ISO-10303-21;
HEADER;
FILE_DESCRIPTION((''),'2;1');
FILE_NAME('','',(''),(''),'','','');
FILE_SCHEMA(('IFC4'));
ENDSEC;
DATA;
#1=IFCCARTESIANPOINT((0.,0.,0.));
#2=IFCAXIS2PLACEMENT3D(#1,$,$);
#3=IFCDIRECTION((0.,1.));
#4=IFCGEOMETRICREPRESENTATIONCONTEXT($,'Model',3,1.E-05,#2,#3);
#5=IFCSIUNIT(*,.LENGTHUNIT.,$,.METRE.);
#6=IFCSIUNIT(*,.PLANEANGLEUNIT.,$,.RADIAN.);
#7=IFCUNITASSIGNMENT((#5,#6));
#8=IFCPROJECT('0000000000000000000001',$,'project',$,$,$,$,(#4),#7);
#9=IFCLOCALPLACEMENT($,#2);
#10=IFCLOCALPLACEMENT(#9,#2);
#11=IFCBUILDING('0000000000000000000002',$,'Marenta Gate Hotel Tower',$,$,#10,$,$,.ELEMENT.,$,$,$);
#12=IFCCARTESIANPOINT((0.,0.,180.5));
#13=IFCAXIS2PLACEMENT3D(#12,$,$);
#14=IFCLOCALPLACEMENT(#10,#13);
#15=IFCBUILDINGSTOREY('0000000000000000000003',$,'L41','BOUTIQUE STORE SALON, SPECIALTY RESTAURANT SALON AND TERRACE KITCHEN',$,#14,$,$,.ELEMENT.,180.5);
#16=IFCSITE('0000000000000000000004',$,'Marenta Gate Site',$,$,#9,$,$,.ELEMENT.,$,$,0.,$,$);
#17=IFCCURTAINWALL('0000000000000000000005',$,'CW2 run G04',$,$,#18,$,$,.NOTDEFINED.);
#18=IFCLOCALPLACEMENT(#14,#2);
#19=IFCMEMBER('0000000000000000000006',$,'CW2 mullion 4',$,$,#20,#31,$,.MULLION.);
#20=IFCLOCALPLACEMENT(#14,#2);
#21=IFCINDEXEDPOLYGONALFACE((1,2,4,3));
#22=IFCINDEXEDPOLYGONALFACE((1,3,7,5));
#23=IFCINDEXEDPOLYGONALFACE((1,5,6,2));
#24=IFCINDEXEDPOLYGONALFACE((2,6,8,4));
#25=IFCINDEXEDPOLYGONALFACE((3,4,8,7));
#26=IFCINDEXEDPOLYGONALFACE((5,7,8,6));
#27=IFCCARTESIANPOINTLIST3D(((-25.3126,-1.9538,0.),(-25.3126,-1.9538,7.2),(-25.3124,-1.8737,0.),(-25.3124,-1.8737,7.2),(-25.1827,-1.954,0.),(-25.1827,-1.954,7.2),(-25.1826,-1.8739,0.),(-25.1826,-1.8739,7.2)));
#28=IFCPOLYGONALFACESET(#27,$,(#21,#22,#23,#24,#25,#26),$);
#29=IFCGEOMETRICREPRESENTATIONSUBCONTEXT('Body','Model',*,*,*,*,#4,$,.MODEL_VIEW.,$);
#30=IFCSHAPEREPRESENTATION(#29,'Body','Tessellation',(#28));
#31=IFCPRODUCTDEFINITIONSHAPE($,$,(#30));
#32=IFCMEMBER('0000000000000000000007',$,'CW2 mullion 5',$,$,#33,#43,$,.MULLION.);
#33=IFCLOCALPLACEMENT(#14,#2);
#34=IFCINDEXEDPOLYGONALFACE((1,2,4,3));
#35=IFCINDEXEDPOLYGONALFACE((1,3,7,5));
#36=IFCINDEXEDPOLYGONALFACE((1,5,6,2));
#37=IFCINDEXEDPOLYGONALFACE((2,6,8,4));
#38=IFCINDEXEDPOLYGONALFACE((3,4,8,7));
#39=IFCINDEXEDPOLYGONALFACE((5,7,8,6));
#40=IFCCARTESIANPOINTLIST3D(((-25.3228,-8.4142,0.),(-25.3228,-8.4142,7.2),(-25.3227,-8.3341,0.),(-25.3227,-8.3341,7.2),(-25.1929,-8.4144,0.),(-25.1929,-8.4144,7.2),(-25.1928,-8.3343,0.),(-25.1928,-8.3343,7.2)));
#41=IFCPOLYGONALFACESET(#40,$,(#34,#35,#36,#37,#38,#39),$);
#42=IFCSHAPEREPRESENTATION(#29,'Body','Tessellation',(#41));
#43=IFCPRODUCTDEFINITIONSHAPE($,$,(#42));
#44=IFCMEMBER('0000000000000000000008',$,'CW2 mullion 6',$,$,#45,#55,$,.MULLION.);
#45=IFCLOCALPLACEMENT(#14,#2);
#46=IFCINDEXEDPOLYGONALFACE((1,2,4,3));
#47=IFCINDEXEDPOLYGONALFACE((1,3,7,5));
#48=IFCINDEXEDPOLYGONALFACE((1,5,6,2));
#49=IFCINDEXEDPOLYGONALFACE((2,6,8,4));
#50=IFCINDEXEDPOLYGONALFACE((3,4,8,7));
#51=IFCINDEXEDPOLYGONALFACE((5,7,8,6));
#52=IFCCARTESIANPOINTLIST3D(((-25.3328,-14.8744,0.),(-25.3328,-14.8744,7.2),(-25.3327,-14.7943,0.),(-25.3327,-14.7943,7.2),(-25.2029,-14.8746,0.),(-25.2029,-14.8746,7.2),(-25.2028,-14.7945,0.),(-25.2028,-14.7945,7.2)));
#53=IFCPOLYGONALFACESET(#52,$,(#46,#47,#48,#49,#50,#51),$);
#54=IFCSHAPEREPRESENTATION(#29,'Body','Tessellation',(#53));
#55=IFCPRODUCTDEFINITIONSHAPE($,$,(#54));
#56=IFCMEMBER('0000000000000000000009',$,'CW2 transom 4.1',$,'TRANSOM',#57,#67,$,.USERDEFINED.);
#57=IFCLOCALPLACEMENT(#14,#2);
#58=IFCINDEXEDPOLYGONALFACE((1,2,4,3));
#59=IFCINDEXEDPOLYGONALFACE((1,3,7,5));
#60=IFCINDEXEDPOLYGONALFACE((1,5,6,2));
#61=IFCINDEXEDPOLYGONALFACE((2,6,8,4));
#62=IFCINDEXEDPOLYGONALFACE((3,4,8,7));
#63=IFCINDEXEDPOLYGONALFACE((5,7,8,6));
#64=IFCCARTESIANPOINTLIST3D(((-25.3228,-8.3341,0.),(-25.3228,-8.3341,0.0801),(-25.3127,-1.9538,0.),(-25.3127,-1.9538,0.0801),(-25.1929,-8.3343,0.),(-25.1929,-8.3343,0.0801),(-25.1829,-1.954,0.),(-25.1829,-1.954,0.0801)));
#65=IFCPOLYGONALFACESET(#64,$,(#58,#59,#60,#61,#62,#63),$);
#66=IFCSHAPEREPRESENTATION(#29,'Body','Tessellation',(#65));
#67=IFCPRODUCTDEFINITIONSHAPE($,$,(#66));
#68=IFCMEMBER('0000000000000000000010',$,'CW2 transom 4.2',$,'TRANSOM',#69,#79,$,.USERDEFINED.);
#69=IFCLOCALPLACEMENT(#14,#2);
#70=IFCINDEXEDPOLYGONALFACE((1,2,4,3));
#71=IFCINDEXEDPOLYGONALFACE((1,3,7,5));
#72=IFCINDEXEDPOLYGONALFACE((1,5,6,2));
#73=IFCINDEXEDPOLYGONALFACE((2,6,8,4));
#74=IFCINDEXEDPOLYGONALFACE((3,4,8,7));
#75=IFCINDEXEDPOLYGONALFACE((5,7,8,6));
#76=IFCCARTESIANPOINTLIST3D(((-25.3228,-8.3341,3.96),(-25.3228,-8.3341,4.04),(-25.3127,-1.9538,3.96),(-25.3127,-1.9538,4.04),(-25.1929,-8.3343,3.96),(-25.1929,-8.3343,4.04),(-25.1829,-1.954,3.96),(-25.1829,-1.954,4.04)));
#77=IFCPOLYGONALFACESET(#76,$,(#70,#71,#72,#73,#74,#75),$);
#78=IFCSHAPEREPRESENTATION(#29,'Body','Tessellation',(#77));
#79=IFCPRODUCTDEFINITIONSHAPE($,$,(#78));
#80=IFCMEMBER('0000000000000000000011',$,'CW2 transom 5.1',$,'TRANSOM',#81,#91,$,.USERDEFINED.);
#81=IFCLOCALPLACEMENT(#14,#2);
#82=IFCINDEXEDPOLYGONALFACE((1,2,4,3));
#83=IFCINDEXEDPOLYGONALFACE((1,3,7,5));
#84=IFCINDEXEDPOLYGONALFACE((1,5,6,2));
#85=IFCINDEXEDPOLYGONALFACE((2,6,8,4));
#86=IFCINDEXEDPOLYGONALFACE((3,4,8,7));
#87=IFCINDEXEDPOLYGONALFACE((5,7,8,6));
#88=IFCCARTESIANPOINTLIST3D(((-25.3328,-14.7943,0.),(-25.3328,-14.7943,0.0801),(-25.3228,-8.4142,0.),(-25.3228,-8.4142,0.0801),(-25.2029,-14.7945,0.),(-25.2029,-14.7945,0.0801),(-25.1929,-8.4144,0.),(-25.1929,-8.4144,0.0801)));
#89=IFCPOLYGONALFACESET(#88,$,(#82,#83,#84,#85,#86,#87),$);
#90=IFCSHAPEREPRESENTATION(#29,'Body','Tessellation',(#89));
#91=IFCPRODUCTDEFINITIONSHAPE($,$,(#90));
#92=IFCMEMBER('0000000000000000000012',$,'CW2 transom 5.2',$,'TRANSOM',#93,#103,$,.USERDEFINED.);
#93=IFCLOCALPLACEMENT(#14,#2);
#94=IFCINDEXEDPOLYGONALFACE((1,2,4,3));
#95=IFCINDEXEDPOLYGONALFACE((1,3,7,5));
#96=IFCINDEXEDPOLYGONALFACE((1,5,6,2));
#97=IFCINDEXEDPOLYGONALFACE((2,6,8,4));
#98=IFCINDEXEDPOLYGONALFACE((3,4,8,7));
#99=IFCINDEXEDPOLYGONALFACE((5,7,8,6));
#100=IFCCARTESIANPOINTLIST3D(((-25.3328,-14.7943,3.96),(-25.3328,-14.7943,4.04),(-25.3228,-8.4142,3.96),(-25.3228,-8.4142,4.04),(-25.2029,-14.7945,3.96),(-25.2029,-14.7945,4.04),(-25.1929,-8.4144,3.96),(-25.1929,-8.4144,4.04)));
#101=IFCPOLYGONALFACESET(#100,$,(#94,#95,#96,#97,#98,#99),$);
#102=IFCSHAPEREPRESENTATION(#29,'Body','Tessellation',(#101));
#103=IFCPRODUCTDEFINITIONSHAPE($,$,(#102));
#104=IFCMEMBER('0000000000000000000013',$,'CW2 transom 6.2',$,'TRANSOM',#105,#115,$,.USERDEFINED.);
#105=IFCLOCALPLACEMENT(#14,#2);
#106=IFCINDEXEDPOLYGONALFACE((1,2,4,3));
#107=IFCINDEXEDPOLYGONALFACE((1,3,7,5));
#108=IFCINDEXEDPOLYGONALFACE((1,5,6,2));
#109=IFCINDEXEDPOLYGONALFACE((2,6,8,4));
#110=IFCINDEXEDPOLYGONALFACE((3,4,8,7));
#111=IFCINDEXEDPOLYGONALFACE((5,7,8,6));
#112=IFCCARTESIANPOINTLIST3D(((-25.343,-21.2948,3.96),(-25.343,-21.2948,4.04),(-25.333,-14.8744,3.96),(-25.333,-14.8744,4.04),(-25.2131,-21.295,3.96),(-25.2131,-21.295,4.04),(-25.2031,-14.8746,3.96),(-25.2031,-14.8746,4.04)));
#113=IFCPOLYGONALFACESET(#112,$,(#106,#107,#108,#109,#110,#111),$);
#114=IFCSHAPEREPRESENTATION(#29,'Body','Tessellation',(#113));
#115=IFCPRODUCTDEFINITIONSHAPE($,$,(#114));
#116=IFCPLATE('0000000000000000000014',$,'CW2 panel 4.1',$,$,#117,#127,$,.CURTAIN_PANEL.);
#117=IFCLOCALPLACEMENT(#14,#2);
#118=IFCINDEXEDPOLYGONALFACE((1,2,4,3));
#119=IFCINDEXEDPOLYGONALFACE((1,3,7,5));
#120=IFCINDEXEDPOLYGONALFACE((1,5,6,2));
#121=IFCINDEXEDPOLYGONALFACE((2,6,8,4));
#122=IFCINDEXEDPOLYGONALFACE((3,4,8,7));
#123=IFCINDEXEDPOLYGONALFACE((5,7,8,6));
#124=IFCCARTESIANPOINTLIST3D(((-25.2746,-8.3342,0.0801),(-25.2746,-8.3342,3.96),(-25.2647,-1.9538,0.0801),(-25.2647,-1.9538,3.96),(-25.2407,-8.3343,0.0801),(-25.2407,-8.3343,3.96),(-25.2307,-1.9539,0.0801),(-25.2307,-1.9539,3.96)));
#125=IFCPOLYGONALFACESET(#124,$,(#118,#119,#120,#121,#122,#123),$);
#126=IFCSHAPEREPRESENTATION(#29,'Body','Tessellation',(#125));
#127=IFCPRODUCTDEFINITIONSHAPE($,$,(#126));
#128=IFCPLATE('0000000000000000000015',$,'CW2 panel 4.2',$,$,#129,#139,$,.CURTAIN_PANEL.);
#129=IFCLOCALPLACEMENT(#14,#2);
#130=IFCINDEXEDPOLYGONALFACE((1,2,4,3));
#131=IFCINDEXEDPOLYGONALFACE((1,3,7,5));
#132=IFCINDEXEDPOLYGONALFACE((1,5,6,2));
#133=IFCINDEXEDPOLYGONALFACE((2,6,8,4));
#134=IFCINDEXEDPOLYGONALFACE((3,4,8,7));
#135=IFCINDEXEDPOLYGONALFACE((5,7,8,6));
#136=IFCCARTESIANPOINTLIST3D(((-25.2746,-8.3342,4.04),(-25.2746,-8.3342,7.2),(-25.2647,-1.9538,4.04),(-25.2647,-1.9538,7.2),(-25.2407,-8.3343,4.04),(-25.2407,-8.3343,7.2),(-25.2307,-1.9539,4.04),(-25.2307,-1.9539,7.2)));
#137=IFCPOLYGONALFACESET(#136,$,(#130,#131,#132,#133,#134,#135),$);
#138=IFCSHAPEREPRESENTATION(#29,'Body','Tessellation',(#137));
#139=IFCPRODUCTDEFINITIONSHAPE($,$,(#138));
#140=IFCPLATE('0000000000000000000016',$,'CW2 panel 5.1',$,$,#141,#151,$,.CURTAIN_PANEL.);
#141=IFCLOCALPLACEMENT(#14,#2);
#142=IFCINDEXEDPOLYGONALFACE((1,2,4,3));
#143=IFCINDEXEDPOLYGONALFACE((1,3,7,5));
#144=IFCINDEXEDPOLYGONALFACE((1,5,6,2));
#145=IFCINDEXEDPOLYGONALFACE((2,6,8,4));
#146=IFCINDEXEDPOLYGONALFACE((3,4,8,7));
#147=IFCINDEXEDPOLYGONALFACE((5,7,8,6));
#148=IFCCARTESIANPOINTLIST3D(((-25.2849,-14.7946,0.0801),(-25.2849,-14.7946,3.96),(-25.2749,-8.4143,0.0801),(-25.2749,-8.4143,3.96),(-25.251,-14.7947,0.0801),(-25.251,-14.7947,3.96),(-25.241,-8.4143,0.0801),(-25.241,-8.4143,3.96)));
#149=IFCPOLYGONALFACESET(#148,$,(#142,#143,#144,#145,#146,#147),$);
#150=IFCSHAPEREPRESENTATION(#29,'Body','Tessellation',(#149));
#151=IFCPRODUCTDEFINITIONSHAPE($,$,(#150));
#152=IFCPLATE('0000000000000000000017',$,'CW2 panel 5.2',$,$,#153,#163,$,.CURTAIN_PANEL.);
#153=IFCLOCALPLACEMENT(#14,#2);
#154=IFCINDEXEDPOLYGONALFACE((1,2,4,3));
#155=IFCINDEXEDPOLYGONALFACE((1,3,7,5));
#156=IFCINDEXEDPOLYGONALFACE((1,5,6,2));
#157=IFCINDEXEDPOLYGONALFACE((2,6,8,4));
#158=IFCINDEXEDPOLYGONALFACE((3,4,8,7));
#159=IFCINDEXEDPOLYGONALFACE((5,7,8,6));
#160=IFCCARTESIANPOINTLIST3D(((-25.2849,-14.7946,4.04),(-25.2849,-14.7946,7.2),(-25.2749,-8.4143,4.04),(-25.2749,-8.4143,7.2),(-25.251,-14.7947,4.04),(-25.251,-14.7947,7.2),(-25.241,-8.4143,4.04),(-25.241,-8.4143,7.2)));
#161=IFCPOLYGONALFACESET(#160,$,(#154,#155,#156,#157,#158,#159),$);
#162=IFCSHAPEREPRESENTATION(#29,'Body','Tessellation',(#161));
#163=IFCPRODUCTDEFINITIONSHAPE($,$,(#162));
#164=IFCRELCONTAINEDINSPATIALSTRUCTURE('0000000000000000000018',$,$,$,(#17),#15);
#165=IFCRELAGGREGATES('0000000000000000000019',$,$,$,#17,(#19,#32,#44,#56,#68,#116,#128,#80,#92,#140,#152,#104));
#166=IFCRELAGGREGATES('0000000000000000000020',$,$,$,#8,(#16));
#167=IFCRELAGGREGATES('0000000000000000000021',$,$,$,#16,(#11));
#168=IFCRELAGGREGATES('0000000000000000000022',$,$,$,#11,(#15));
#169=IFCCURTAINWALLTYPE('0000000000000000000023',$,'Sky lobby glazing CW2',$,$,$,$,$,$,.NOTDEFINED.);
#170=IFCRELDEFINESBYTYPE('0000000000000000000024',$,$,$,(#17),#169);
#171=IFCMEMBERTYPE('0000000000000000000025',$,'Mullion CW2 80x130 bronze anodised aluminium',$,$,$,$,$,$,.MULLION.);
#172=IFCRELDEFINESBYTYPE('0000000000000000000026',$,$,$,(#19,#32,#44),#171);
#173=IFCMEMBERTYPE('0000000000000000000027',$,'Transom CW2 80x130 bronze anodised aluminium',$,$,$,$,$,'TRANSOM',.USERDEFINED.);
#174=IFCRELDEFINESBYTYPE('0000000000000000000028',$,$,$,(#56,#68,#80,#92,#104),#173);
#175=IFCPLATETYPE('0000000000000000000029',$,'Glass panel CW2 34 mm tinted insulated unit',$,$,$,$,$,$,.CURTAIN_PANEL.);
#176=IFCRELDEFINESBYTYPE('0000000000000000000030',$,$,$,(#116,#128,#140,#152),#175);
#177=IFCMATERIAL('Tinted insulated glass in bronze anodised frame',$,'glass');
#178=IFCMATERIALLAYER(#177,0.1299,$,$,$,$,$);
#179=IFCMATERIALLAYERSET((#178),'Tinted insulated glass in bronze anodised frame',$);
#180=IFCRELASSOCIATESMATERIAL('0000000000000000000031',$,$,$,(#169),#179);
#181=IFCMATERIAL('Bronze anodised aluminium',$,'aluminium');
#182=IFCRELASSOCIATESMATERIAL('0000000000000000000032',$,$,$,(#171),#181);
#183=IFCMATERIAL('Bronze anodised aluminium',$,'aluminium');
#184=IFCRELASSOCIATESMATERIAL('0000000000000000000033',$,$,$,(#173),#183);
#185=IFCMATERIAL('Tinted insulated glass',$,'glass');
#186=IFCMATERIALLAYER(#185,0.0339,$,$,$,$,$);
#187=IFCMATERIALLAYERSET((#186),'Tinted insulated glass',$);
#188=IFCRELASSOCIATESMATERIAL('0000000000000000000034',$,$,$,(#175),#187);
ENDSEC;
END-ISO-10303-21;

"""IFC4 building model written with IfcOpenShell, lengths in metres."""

from ifc_helpers import new_model, si_unit, direction, frame, origin, origin_2d, place, context, subcontext, project, spatial, rectangle, extrude, material, layer, layer_set, material_profile, profile_set, type_object, element, aggregate, save


model = new_model("IFC4")

# Units and contexts
model_context = context("Model", 3, precision=1e-05, world=origin(), true_north=direction((0.0, 1.0)))
body_context = subcontext(model_context, "Body", "Model", "MODEL_VIEW")
ifc_project = project(units=[si_unit("LENGTHUNIT", "METRE"), si_unit("PLANEANGLEUNIT", "RADIAN")], contexts=[model_context])

# Site, building, storey
site_placement = place(None, origin())
site = spatial("IfcSite", under=ifc_project, at=site_placement, Name="Marenta Gate Site", CompositionType="ELEMENT", RefElevation=0.0)
building_placement = place(site_placement, origin())
building = spatial("IfcBuilding", under=site, at=building_placement, Name="Marenta Gate Hotel Tower", CompositionType="ELEMENT")
storey_placement = place(building_placement, frame((0.0, 0.0, 180.5)))
storey = spatial("IfcBuildingStorey", under=building, at=storey_placement, Name="L41", Description="BOUTIQUE STORE SALON, SPECIALTY RESTAURANT SALON AND TERRACE KITCHEN", CompositionType="ELEMENT", Elevation=180.5)

# Curtain wall, members, plates
ifc_material_1 = material(Name="Tinted insulated glass in bronze anodised frame", Category="glass")
ifc_layer_1 = layer(ifc_material_1, 0.1299)
ifc_layer_set_1 = layer_set([ifc_layer_1], Name="Tinted insulated glass in bronze anodised frame")
curtain_wall_type = type_object("IfcCurtainWallType", Name="Sky lobby glazing CW2", PredefinedType="NOTDEFINED", material=ifc_layer_set_1)
curtain_wall_placement = place(storey_placement, origin())
curtain_wall = element("IfcCurtainWall", 1, at=curtain_wall_placement, inside=storey, type_object=curtain_wall_type, Name="CW2 run G04", PredefinedType="NOTDEFINED")
ifc_material_2 = material(Name="Bronze anodised aluminium", Category="aluminium")
ifc_material_profile_1 = material_profile(ifc_material_2, rectangle(XDim=0.1299, YDim=0.0801, at=origin_2d()), Name="Mullion CW2 80x130 bronze anodised aluminium")
ifc_profile_set_1 = profile_set([ifc_material_profile_1], Name="Bronze anodised aluminium")
member_type_1 = type_object("IfcMemberType", Name="Mullion CW2 80x130 bronze anodised aluminium", PredefinedType="MULLION", material=ifc_profile_set_1)
member_1_placement = place(storey_placement, frame((-25.2476, -1.9138, 0.0), z_axis=(0.0, 0.0, 1.0), x_axis=(0.999999, -0.001566, 0.0)))
member_1 = element("IfcMember", 2, at=member_1_placement, type_object=member_type_1, Name="CW2 mullion 4", PredefinedType="MULLION", context=body_context, shape_type="SweptSolid", body=[
    extrude(rectangle(XDim=0.1299, YDim=0.0801, at=origin_2d()), origin(), (0.0, 0.0, 1.0), 7.2),
])
member_2_placement = place(storey_placement, frame((-25.2578, -8.3743, 0.0), z_axis=(0.0, 0.0, 1.0), x_axis=(0.999999, -0.001566, 0.0)))
member_2 = element("IfcMember", 3, at=member_2_placement, type_object=member_type_1, Name="CW2 mullion 5", PredefinedType="MULLION", context=body_context, shape_type="SweptSolid", body=[
    extrude(rectangle(XDim=0.1299, YDim=0.0801, at=origin_2d()), origin(), (0.0, 0.0, 1.0), 7.2),
])
member_3_placement = place(storey_placement, frame((-25.2678, -14.8345, 0.0), z_axis=(0.0, 0.0, 1.0), x_axis=(0.999999, -0.001566, 0.0)))
member_3 = element("IfcMember", 4, at=member_3_placement, type_object=member_type_1, Name="CW2 mullion 6", PredefinedType="MULLION", context=body_context, shape_type="SweptSolid", body=[
    extrude(rectangle(XDim=0.1299, YDim=0.0801, at=origin_2d()), origin(), (0.0, 0.0, 1.0), 7.2),
])
ifc_material_3 = material(Name="Bronze anodised aluminium", Category="aluminium")
ifc_material_profile_2 = material_profile(ifc_material_3, rectangle(XDim=0.1299, YDim=0.0801, at=origin_2d()), Name="Transom CW2 80x130 bronze anodised aluminium")
ifc_profile_set_2 = profile_set([ifc_material_profile_2], Name="Bronze anodised aluminium")
member_type_2 = type_object("IfcMemberType", Name="Transom CW2 80x130 bronze anodised aluminium", ElementType="TRANSOM", PredefinedType="USERDEFINED", material=ifc_profile_set_2)
member_4_placement = place(storey_placement, frame((-25.2478, -1.9539, 0.04), z_axis=(-0.001569, -0.999999, 0.0), x_axis=(0.999999, -0.001569, 0.0)))
member_4 = element("IfcMember", 5, at=member_4_placement, type_object=member_type_2, Name="CW2 transom 4.1", ObjectType="TRANSOM", PredefinedType="USERDEFINED", context=body_context, shape_type="SweptSolid", body=[
    extrude(rectangle(XDim=0.1299, YDim=0.0801, at=origin_2d()), origin(), (0.0, 0.0, 1.0), 6.3804),
])
member_5_placement = place(storey_placement, frame((-25.2478, -1.9539, 4.0), z_axis=(-0.001569, -0.999999, 0.0), x_axis=(0.999999, -0.001569, 0.0)))
member_5 = element("IfcMember", 6, at=member_5_placement, type_object=member_type_2, Name="CW2 transom 4.2", ObjectType="TRANSOM", PredefinedType="USERDEFINED", context=body_context, shape_type="SweptSolid", body=[
    extrude(rectangle(XDim=0.1299, YDim=0.0801, at=origin_2d()), origin(), (0.0, 0.0, 1.0), 6.3804),
])
member_6_placement = place(storey_placement, frame((-25.2578, -8.4143, 0.04), z_axis=(-0.001569, -0.999999, 0.0), x_axis=(0.999999, -0.001569, 0.0)))
member_6 = element("IfcMember", 7, at=member_6_placement, type_object=member_type_2, Name="CW2 transom 5.1", ObjectType="TRANSOM", PredefinedType="USERDEFINED", context=body_context, shape_type="SweptSolid", body=[
    extrude(rectangle(XDim=0.1299, YDim=0.0801, at=origin_2d()), origin(), (0.0, 0.0, 1.0), 6.3801),
])
member_7_placement = place(storey_placement, frame((-25.2578, -8.4143, 4.0), z_axis=(-0.001569, -0.999999, 0.0), x_axis=(0.999999, -0.001569, 0.0)))
member_7 = element("IfcMember", 8, at=member_7_placement, type_object=member_type_2, Name="CW2 transom 5.2", ObjectType="TRANSOM", PredefinedType="USERDEFINED", context=body_context, shape_type="SweptSolid", body=[
    extrude(rectangle(XDim=0.1299, YDim=0.0801, at=origin_2d()), origin(), (0.0, 0.0, 1.0), 6.3801),
])
member_8_placement = place(storey_placement, frame((-25.2681, -14.8745, 4.0), z_axis=(-0.001559, -0.999999, 0.0), x_axis=(0.999999, -0.001559, 0.0)))
member_8 = element("IfcMember", 9, at=member_8_placement, type_object=member_type_2, Name="CW2 transom 6.2", ObjectType="TRANSOM", PredefinedType="USERDEFINED", context=body_context, shape_type="SweptSolid", body=[
    extrude(rectangle(XDim=0.1299, YDim=0.0801, at=origin_2d()), origin(), (0.0, 0.0, 1.0), 6.4204),
])
ifc_material_4 = material(Name="Tinted insulated glass", Category="glass")
ifc_layer_2 = layer(ifc_material_4, 0.0339)
ifc_layer_set_2 = layer_set([ifc_layer_2], Name="Tinted insulated glass")
plate_type = type_object("IfcPlateType", Name="Glass panel CW2 34 mm tinted insulated unit", PredefinedType="CURTAIN_PANEL", material=ifc_layer_set_2)
plate_1_placement = place(storey_placement, frame((-25.2527, -5.144, 0.0801), z_axis=(0.0, 0.0, 1.0), x_axis=(-0.001566, -0.999999, 0.0)))
plate_1 = element("IfcPlate", 10, at=plate_1_placement, type_object=plate_type, Name="CW2 panel 4.1", PredefinedType="CURTAIN_PANEL", context=body_context, shape_type="SweptSolid", body=[
    extrude(rectangle(XDim=6.3804, YDim=0.0339, at=origin_2d()), origin(), (0.0, 0.0, 1.0), 3.8799),
])
plate_2_placement = place(storey_placement, frame((-25.2527, -5.144, 4.04), z_axis=(0.0, 0.0, 1.0), x_axis=(-0.001566, -0.999999, 0.0)))
plate_2 = element("IfcPlate", 11, at=plate_2_placement, type_object=plate_type, Name="CW2 panel 4.2", PredefinedType="CURTAIN_PANEL", context=body_context, shape_type="SweptSolid", body=[
    extrude(rectangle(XDim=6.3804, YDim=0.0339, at=origin_2d()), origin(), (0.0, 0.0, 1.0), 3.1599),
])
plate_3_placement = place(storey_placement, frame((-25.2629, -11.6045, 0.0801), z_axis=(0.0, 0.0, 1.0), x_axis=(-0.001566, -0.999999, 0.0)))
plate_3 = element("IfcPlate", 12, at=plate_3_placement, type_object=plate_type, Name="CW2 panel 5.1", PredefinedType="CURTAIN_PANEL", context=body_context, shape_type="SweptSolid", body=[
    extrude(rectangle(XDim=6.3804, YDim=0.0339, at=origin_2d()), origin(), (0.0, 0.0, 1.0), 3.8799),
])
plate_4_placement = place(storey_placement, frame((-25.2629, -11.6045, 4.04), z_axis=(0.0, 0.0, 1.0), x_axis=(-0.001566, -0.999999, 0.0)))
plate_4 = element("IfcPlate", 13, at=plate_4_placement, type_object=plate_type, Name="CW2 panel 5.2", PredefinedType="CURTAIN_PANEL", context=body_context, shape_type="SweptSolid", body=[
    extrude(rectangle(XDim=6.3804, YDim=0.0339, at=origin_2d()), origin(), (0.0, 0.0, 1.0), 3.1599),
])
aggregate(curtain_wall, [member_1, member_2, member_3, member_4, member_5, plate_1, plate_2, member_6, member_7, plate_3, plate_4, member_8])

save(model, "model.ifc")
